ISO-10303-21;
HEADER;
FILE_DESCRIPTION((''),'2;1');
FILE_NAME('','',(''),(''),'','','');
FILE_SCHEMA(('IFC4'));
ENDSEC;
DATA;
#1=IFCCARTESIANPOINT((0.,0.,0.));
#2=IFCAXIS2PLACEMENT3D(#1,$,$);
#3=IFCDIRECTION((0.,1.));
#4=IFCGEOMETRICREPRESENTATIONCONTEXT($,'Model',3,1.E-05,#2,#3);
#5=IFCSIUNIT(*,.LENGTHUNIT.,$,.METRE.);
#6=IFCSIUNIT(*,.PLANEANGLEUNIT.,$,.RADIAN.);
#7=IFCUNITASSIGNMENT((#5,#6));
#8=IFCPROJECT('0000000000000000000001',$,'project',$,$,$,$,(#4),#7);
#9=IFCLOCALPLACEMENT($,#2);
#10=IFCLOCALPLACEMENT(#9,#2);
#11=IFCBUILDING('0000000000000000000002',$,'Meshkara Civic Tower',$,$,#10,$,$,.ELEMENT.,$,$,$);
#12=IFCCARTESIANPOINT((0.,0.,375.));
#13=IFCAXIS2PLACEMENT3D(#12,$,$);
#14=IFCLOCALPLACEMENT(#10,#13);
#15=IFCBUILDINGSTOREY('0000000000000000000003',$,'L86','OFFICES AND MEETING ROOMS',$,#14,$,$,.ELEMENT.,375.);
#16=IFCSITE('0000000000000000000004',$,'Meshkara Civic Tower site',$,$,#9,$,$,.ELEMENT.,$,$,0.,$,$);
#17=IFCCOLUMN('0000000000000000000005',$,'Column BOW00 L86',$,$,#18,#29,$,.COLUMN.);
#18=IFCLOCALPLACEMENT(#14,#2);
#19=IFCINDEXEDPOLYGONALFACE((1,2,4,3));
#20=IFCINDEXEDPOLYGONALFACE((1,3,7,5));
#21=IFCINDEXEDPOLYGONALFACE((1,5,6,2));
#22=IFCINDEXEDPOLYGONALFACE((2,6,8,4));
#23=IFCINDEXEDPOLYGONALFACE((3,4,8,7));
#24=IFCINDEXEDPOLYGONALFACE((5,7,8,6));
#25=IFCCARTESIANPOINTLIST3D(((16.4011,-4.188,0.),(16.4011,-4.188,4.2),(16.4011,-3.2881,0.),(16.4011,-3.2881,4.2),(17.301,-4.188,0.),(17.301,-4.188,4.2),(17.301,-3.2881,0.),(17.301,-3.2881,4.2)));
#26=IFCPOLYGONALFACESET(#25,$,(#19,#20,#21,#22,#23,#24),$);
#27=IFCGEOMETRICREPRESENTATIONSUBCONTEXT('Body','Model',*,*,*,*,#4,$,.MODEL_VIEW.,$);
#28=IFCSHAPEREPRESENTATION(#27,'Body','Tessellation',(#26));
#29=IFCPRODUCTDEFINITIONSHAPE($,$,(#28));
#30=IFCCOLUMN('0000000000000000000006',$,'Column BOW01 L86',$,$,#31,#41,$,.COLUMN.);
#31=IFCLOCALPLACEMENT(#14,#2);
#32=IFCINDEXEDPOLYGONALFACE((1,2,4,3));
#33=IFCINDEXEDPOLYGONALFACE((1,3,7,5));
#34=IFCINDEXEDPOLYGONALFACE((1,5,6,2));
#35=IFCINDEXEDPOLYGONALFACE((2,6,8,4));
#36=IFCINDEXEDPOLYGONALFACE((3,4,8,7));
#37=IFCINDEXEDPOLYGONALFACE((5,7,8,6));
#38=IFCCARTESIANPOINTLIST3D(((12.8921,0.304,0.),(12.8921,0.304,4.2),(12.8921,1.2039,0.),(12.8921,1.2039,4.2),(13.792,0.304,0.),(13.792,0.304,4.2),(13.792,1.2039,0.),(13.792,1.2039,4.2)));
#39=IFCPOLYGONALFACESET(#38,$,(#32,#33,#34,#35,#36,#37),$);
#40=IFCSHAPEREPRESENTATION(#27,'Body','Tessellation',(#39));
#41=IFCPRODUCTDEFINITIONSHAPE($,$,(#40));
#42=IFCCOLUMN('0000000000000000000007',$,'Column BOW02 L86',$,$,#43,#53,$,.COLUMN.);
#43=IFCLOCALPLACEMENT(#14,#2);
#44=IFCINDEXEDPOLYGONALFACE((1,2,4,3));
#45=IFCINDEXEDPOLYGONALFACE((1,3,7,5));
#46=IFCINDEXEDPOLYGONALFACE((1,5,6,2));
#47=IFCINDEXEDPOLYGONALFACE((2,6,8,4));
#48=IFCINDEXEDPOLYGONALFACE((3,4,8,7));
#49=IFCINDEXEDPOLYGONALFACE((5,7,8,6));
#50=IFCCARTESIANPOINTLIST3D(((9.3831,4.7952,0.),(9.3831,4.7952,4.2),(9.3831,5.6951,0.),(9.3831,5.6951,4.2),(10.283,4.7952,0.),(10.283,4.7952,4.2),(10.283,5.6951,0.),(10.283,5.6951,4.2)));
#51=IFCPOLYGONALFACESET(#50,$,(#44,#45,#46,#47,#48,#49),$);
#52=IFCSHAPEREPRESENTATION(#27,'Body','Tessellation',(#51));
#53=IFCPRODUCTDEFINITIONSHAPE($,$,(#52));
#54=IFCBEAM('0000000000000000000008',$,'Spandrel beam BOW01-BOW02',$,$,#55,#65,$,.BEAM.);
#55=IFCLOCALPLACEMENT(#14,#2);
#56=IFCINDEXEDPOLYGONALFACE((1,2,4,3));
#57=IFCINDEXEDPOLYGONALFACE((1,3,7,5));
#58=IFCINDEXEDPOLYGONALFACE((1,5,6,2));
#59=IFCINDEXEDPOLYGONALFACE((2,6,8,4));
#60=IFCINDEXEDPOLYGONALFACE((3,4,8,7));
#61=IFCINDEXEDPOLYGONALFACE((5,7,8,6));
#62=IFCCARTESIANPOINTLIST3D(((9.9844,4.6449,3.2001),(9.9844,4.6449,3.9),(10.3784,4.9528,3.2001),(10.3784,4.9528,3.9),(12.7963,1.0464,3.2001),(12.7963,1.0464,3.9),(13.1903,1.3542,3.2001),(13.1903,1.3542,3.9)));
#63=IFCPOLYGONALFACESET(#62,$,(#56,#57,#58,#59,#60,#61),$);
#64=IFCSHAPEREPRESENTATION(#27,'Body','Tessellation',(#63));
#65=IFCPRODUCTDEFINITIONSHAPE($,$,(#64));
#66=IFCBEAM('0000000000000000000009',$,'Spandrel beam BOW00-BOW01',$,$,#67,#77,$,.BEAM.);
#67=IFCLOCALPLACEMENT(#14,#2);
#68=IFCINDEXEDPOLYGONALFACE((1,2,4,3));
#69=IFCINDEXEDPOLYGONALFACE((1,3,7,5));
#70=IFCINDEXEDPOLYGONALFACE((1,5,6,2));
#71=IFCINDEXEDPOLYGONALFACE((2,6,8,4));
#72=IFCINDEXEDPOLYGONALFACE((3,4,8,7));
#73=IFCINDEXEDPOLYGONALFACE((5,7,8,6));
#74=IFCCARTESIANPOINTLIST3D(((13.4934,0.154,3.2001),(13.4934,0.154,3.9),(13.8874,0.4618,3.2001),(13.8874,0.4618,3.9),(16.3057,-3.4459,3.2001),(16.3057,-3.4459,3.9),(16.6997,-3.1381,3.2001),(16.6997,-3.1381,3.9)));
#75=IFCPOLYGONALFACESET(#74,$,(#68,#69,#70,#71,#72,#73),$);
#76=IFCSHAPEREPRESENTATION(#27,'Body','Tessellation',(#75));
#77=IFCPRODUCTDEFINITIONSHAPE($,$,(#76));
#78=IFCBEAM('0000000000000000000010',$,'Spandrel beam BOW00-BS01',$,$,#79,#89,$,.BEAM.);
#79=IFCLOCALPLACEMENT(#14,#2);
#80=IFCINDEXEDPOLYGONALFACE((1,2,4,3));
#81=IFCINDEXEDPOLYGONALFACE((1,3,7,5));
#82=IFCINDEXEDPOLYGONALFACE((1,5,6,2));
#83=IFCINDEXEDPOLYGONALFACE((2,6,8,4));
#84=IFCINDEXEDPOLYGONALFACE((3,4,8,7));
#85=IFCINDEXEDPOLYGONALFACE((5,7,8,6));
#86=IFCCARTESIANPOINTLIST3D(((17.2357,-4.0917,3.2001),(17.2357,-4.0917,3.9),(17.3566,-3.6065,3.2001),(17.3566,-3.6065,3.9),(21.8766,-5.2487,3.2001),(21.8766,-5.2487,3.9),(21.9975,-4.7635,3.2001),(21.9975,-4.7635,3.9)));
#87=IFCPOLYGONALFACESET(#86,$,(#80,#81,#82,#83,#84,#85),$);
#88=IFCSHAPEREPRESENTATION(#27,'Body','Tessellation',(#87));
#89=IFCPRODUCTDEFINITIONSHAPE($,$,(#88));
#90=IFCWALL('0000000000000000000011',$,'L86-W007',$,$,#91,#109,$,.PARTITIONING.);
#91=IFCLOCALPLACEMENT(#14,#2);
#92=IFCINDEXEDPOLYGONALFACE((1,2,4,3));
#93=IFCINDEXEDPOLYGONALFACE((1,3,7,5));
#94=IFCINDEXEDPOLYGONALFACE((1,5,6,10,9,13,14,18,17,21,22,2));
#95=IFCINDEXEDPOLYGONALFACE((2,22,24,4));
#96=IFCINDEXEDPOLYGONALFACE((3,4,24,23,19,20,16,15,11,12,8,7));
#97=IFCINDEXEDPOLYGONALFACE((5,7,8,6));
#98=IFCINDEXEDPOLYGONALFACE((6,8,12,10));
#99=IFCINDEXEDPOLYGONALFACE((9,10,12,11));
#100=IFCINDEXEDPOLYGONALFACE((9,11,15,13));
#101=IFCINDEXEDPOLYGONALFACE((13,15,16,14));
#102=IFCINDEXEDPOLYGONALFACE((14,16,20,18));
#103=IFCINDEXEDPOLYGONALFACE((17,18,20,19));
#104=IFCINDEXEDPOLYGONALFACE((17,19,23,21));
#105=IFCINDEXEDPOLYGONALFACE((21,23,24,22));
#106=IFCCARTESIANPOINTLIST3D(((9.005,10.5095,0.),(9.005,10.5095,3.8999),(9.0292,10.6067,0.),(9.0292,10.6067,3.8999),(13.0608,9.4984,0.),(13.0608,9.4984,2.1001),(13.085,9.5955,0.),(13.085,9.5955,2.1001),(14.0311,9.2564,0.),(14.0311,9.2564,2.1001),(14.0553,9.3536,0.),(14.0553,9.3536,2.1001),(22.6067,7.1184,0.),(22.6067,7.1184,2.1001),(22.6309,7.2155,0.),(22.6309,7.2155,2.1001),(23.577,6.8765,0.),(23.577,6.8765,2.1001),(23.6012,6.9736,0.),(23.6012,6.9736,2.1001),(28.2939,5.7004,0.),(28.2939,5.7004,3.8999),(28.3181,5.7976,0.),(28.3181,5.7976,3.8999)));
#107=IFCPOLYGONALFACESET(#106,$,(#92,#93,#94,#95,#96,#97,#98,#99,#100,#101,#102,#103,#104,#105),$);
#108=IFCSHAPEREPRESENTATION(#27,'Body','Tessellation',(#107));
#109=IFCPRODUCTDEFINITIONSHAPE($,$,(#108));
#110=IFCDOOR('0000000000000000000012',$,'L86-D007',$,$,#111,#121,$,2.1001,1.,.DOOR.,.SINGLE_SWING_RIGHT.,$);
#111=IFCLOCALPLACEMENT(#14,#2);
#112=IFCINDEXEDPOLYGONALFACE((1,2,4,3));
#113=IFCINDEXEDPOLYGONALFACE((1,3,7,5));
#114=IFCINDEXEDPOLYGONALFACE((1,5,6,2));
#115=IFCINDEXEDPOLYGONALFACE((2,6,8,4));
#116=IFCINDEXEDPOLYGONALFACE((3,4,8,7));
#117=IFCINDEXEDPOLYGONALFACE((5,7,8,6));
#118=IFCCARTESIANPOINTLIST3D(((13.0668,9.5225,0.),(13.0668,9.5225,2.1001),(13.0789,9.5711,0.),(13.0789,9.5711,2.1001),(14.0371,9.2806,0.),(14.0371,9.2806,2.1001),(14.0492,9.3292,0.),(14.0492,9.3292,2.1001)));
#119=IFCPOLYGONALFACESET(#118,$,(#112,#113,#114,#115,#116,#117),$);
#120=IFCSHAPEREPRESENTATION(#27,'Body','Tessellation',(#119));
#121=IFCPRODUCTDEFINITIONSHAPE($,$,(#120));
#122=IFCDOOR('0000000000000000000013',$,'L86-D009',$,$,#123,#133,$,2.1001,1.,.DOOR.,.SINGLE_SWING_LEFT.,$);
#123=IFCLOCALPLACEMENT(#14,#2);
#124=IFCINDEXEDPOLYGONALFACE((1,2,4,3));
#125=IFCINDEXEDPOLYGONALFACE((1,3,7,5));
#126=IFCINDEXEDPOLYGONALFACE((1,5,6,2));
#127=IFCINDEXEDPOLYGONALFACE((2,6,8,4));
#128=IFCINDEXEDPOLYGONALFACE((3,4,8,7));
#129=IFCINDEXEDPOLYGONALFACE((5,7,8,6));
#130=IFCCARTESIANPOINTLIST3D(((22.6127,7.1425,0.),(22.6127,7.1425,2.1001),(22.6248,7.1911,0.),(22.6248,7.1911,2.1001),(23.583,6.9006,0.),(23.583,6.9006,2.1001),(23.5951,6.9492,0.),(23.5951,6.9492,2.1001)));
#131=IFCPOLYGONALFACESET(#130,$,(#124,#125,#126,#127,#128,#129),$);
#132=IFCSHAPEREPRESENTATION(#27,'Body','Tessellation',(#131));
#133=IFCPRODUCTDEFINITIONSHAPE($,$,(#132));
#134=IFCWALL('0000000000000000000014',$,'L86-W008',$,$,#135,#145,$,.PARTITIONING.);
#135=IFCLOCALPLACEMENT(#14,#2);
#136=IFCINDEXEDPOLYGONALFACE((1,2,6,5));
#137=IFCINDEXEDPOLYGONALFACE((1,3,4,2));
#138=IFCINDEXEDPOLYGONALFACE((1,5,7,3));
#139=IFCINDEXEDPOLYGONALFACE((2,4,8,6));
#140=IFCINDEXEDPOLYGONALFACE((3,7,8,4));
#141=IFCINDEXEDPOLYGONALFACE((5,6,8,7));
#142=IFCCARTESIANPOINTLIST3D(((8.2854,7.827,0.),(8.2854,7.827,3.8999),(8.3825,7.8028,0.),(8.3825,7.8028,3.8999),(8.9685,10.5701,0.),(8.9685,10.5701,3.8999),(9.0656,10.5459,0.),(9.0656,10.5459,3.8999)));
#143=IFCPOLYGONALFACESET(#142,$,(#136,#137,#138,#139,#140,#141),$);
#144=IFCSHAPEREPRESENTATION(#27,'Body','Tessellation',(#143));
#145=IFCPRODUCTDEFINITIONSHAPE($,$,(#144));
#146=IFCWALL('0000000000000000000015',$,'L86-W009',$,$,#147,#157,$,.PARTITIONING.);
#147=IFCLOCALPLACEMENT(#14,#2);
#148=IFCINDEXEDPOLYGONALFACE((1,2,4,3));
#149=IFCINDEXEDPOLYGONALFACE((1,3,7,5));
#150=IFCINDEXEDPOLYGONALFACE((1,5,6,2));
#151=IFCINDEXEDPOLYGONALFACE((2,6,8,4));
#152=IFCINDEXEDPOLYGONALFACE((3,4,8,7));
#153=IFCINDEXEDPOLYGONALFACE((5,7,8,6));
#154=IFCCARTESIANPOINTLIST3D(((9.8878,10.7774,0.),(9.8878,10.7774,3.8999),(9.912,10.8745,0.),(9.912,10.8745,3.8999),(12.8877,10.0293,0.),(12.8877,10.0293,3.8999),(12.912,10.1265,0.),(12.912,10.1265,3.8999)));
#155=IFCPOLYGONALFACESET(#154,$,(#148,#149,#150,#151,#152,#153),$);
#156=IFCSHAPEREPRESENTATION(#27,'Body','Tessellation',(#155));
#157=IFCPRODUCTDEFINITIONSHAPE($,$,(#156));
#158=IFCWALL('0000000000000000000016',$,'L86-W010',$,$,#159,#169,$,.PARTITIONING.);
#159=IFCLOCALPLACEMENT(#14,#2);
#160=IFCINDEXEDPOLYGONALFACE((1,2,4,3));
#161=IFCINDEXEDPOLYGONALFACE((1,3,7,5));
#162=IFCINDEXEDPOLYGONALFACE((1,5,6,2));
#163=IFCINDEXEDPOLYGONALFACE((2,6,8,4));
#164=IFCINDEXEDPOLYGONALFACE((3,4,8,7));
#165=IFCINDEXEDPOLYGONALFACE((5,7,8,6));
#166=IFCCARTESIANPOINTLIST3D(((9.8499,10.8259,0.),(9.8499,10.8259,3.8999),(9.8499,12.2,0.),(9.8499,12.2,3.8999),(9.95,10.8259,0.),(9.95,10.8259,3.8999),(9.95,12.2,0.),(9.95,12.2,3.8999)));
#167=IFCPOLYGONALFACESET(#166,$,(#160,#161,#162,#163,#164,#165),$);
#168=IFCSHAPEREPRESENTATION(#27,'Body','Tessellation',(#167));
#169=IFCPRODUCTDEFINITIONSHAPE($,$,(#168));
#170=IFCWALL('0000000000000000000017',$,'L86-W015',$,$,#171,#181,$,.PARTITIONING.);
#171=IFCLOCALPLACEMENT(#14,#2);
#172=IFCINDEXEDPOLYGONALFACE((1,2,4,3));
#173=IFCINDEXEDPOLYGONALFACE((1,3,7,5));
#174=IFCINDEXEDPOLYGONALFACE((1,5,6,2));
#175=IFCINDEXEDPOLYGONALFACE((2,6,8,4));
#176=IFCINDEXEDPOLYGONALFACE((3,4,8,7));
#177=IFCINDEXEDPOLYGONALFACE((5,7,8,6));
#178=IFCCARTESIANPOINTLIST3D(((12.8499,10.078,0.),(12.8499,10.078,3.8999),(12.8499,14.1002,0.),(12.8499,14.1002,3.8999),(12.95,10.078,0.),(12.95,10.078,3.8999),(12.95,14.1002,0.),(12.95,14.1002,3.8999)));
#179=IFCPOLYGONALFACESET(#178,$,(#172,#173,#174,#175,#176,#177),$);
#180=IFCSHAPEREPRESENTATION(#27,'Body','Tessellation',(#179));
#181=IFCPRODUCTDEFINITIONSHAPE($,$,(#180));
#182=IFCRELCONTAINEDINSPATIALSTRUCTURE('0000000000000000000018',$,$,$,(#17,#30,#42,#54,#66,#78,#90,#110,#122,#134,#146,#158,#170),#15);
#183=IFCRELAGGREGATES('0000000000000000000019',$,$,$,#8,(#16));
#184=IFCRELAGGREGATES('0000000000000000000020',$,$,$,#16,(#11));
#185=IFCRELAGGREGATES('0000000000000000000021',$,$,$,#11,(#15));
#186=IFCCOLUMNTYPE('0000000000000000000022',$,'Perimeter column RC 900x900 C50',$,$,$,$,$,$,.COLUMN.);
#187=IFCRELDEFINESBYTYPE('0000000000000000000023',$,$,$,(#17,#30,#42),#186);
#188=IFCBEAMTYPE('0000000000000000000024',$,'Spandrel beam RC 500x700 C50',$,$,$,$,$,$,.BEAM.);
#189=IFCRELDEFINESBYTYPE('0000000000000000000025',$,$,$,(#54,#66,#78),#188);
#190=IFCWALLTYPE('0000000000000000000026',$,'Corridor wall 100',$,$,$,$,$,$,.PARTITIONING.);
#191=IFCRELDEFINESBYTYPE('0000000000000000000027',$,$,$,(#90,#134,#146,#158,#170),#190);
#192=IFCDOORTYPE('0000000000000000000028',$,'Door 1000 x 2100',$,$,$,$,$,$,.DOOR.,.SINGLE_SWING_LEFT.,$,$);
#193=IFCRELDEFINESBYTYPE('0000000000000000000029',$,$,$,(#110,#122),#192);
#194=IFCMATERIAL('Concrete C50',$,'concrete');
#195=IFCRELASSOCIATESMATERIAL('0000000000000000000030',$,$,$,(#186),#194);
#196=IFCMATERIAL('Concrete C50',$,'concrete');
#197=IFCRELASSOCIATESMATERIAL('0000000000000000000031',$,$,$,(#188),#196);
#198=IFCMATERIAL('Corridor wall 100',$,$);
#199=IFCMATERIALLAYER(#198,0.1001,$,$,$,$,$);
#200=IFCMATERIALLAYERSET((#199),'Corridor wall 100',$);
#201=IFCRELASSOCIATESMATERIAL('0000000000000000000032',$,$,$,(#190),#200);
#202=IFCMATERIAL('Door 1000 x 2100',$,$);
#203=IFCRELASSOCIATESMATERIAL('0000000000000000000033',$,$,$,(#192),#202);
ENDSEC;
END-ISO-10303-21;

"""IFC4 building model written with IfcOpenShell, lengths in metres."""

from ifc_helpers import new_model, si_unit, direction, frame, frame_2d, origin, origin_2d, place, context, subcontext, project, spatial, rectangle, extrude, material, layer, layer_set, material_profile, profile_set, type_object, element, fill, save


model = new_model("IFC4")

# Units and contexts
model_context = context("Model", 3, precision=1e-05, world=origin(), true_north=direction((0.0, 1.0)))
body_context = subcontext(model_context, "Body", "Model", "MODEL_VIEW")
ifc_project = project(units=[si_unit("LENGTHUNIT", "METRE"), si_unit("PLANEANGLEUNIT", "RADIAN")], contexts=[model_context])

# Site, building, storey
site_placement = place(None, origin())
site = spatial("IfcSite", under=ifc_project, at=site_placement, Name="Meshkara Civic Tower site", CompositionType="ELEMENT", RefElevation=0.0)
building_placement = place(site_placement, origin())
building = spatial("IfcBuilding", under=site, at=building_placement, Name="Meshkara Civic Tower", CompositionType="ELEMENT")
storey_placement = place(building_placement, frame((0.0, 0.0, 375.0)))
storey = spatial("IfcBuildingStorey", under=building, at=storey_placement, Name="L86", Description="OFFICES AND MEETING ROOMS", CompositionType="ELEMENT", Elevation=375.0)

# Columns
ifc_material_1 = material(Name="Concrete C50", Category="concrete")
ifc_material_profile_1 = material_profile(ifc_material_1, rectangle(XDim=0.8999, YDim=0.8999, at=origin_2d()))
ifc_profile_set_1 = profile_set([ifc_material_profile_1], Name="Concrete C50")
column_type = type_object("IfcColumnType", Name="Perimeter column RC 900x900 C50", PredefinedType="COLUMN", material=ifc_profile_set_1)
for number, where, z_axis, x_axis, name in (
    (1, (16.8511, -3.738, 0.0), (0.0, 0.0, 1.0), (1.0, 0.0, 0.0), "Column BOW00 L86"),
    (2, (13.342, 0.7539, 0.0), (0.0, 0.0, 1.0), (1.0, 0.0, 0.0), "Column BOW01 L86"),
    (3, (9.833, 5.2451, 0.0), (0.0, 0.0, 1.0), (1.0, 0.0, 0.0), "Column BOW02 L86"),
):
    element("IfcColumn", number, at=place(storey_placement, frame(where, z_axis=z_axis, x_axis=x_axis)), inside=storey, type_object=column_type, Name=name, PredefinedType="COLUMN", context=body_context, shape_type="SweptSolid", body=[
        extrude(rectangle(XDim=0.8999, YDim=0.8999, at=origin_2d()), origin(), (0.0, 0.0, 1.0), 4.2),
    ])

# Beams
ifc_material_2 = material(Name="Concrete C50", Category="concrete")
ifc_material_profile_2 = material_profile(ifc_material_2, rectangle(XDim=0.5, YDim=0.7, at=origin_2d()))
ifc_profile_set_2 = profile_set([ifc_material_profile_2], Name="Concrete C50")
beam_type = type_object("IfcBeamType", Name="Spandrel beam RC 500x700 C50", PredefinedType="BEAM", material=ifc_profile_set_2)
beam_1_placement = place(storey_placement, frame((10.1814, 4.7988, 3.55), z_axis=(0.615723, -0.787963, 0.0), x_axis=(0.787963, 0.615723, 0.0)))
element("IfcBeam", 4, at=beam_1_placement, inside=storey, type_object=beam_type, Name="Spandrel beam BOW01-BOW02", PredefinedType="BEAM", context=body_context, shape_type="SweptSolid", body=[
    extrude(rectangle(XDim=0.5, YDim=0.7, at=origin_2d()), origin(), (0.0, 0.0, 1.0), 4.5669),
])
beam_2_placement = place(storey_placement, frame((13.6904, 0.3079, 3.55), z_axis=(0.615626, -0.788038, 0.0), x_axis=(0.788038, 0.615626, 0.0)))
element("IfcBeam", 5, at=beam_2_placement, inside=storey, type_object=beam_type, Name="Spandrel beam BOW00-BOW01", PredefinedType="BEAM", context=body_context, shape_type="SweptSolid", body=[
    extrude(rectangle(XDim=0.5, YDim=0.7, at=origin_2d()), origin(), (0.0, 0.0, 1.0), 4.5681),
])
beam_3_placement = place(storey_placement, frame((17.2961, -3.8491, 3.55), z_axis=(0.970301, -0.241899, 0.0), x_axis=(0.241899, 0.970301, 0.0)))
element("IfcBeam", 6, at=beam_3_placement, inside=storey, type_object=beam_type, Name="Spandrel beam BOW00-BS01", PredefinedType="BEAM", context=body_context, shape_type="SweptSolid", body=[
    extrude(rectangle(XDim=0.5, YDim=0.7, at=origin_2d()), origin(), (0.0, 0.0, 1.0), 4.783),
])

# Wall, openings, doors
ifc_material_3 = material(Name="Corridor wall 100")
ifc_layer_1 = layer(ifc_material_3, 0.1001)
ifc_layer_set_1 = layer_set([ifc_layer_1], Name="Corridor wall 100")
wall_type_1 = type_object("IfcWallType", Name="Corridor wall 100", PredefinedType="PARTITIONING", material=ifc_layer_set_1)
wall_1_placement = place(storey_placement, frame((9.0171, 10.5581, 0.0), z_axis=(0.0, 0.0, 1.0), x_axis=(0.970298, -0.241914, 0.0)))
wall_1 = element("IfcWall", 7, at=wall_1_placement, inside=storey, type_object=wall_type_1, Name="L86-W007", PredefinedType="PARTITIONING", context=body_context, shape_type="SweptSolid", body=[
    extrude(rectangle(XDim=19.8794, YDim=0.1001, at=frame_2d((9.9397, 0.0))), origin(), (0.0, 0.0, 1.0), 3.8999),
])
opening_1_placement = place(wall_1_placement, frame((4.1799, 0.0, 0.0)))
opening_1 = element("IfcOpeningElement", 8, at=opening_1_placement, cuts=wall_1, PredefinedType="OPENING", context=body_context, shape_type="SweptSolid", body=[
    extrude(rectangle(XDim=1.0, YDim=2.1001, at=frame_2d((0.5, 1.05))), frame((0.0, 0.0601, 0.0), z_axis=(0.0, -1.0, 0.0), x_axis=(1.0, 0.0, 0.0)), (0.0, 0.0, 1.0), 0.1201),
])
opening_2_placement = place(wall_1_placement, frame((14.0181, 0.0, 0.0)))
opening_2 = element("IfcOpeningElement", 9, at=opening_2_placement, cuts=wall_1, PredefinedType="OPENING", context=body_context, shape_type="SweptSolid", body=[
    extrude(rectangle(XDim=1.0, YDim=2.1001, at=frame_2d((0.5, 1.05))), frame((0.0, 0.0601, 0.0), z_axis=(0.0, -1.0, 0.0), x_axis=(1.0, 0.0, 0.0)), (0.0, 0.0, 1.0), 0.1201),
])
ifc_material_4 = material(Name="Door 1000 x 2100")
door_type = type_object("IfcDoorType", Name="Door 1000 x 2100", OperationType="SINGLE_SWING_LEFT", PredefinedType="DOOR", material=ifc_material_4)
door_1_placement = place(opening_1_placement, origin())
door_1 = element("IfcDoor", 10, at=door_1_placement, inside=storey, type_object=door_type, Name="L86-D007", OperationType="SINGLE_SWING_RIGHT", OverallHeight=2.1001, OverallWidth=1.0, PredefinedType="DOOR", context=body_context, shape_type="SweptSolid", body=[
    extrude(rectangle(XDim=1.0, YDim=2.1001, at=frame_2d((0.5, 1.05))), frame((0.0, 0.0249, 0.0), z_axis=(0.0, -1.0, 0.0), x_axis=(1.0, 0.0, 0.0)), (0.0, 0.0, 1.0), 0.05),
])
fill(opening_1, door_1)
door_2_placement = place(opening_2_placement, origin())
door_2 = element("IfcDoor", 11, at=door_2_placement, inside=storey, type_object=door_type, Name="L86-D009", OperationType="SINGLE_SWING_LEFT", OverallHeight=2.1001, OverallWidth=1.0, PredefinedType="DOOR", context=body_context, shape_type="SweptSolid", body=[
    extrude(rectangle(XDim=1.0, YDim=2.1001, at=frame_2d((0.5, 1.05))), frame((0.0, 0.0249, 0.0), z_axis=(0.0, -1.0, 0.0), x_axis=(1.0, 0.0, 0.0)), (0.0, 0.0, 1.0), 0.05),
])
fill(opening_2, door_2)

# Walls
wall_2_placement = place(storey_placement, frame((9.0171, 10.5581, 0.0), z_axis=(0.0, 0.0, 1.0), x_axis=(-0.241641, -0.970366, 0.0)))
element("IfcWall", 12, at=wall_2_placement, inside=storey, type_object=wall_type_1, Name="L86-W008", PredefinedType="PARTITIONING", context=body_context, shape_type="SweptSolid", body=[
    extrude(rectangle(XDim=2.8269, YDim=0.1001, at=frame_2d((1.4136, 0.0))), origin(), (0.0, 0.0, 1.0), 3.8999),
])
wall_3_placement = place(storey_placement, frame((9.8999, 10.8259, 0.0), z_axis=(0.0, 0.0, 1.0), x_axis=(0.970291, -0.241941, 0.0)))
element("IfcWall", 13, at=wall_3_placement, inside=storey, type_object=wall_type_1, Name="L86-W009", PredefinedType="PARTITIONING", context=body_context, shape_type="SweptSolid", body=[
    extrude(rectangle(XDim=3.0918, YDim=0.1001, at=frame_2d((1.5459, 0.0))), origin(), (0.0, 0.0, 1.0), 3.8999),
])
wall_4_placement = place(storey_placement, frame((9.8999, 12.2, 0.0), z_axis=(0.0, 0.0, 1.0), x_axis=(0.0, -1.0, 0.0)))
element("IfcWall", 14, at=wall_4_placement, inside=storey, type_object=wall_type_1, Name="L86-W010", PredefinedType="PARTITIONING", context=body_context, shape_type="SweptSolid", body=[
    extrude(rectangle(XDim=1.374, YDim=0.1001, at=frame_2d((0.687, 0.0))), origin(), (0.0, 0.0, 1.0), 3.8999),
])
wall_5_placement = place(storey_placement, frame((12.8999, 10.0779, 0.0), z_axis=(0.0, 0.0, 1.0), x_axis=(0.0, 1.0, 0.0)))
element("IfcWall", 15, at=wall_5_placement, inside=storey, type_object=wall_type_1, Name="L86-W015", PredefinedType="PARTITIONING", context=body_context, shape_type="SweptSolid", body=[
    extrude(rectangle(XDim=4.0222, YDim=0.1001, at=frame_2d((2.0112, 0.0))), origin(), (0.0, 0.0, 1.0), 3.8999),
])

save(model, "model.ifc")
